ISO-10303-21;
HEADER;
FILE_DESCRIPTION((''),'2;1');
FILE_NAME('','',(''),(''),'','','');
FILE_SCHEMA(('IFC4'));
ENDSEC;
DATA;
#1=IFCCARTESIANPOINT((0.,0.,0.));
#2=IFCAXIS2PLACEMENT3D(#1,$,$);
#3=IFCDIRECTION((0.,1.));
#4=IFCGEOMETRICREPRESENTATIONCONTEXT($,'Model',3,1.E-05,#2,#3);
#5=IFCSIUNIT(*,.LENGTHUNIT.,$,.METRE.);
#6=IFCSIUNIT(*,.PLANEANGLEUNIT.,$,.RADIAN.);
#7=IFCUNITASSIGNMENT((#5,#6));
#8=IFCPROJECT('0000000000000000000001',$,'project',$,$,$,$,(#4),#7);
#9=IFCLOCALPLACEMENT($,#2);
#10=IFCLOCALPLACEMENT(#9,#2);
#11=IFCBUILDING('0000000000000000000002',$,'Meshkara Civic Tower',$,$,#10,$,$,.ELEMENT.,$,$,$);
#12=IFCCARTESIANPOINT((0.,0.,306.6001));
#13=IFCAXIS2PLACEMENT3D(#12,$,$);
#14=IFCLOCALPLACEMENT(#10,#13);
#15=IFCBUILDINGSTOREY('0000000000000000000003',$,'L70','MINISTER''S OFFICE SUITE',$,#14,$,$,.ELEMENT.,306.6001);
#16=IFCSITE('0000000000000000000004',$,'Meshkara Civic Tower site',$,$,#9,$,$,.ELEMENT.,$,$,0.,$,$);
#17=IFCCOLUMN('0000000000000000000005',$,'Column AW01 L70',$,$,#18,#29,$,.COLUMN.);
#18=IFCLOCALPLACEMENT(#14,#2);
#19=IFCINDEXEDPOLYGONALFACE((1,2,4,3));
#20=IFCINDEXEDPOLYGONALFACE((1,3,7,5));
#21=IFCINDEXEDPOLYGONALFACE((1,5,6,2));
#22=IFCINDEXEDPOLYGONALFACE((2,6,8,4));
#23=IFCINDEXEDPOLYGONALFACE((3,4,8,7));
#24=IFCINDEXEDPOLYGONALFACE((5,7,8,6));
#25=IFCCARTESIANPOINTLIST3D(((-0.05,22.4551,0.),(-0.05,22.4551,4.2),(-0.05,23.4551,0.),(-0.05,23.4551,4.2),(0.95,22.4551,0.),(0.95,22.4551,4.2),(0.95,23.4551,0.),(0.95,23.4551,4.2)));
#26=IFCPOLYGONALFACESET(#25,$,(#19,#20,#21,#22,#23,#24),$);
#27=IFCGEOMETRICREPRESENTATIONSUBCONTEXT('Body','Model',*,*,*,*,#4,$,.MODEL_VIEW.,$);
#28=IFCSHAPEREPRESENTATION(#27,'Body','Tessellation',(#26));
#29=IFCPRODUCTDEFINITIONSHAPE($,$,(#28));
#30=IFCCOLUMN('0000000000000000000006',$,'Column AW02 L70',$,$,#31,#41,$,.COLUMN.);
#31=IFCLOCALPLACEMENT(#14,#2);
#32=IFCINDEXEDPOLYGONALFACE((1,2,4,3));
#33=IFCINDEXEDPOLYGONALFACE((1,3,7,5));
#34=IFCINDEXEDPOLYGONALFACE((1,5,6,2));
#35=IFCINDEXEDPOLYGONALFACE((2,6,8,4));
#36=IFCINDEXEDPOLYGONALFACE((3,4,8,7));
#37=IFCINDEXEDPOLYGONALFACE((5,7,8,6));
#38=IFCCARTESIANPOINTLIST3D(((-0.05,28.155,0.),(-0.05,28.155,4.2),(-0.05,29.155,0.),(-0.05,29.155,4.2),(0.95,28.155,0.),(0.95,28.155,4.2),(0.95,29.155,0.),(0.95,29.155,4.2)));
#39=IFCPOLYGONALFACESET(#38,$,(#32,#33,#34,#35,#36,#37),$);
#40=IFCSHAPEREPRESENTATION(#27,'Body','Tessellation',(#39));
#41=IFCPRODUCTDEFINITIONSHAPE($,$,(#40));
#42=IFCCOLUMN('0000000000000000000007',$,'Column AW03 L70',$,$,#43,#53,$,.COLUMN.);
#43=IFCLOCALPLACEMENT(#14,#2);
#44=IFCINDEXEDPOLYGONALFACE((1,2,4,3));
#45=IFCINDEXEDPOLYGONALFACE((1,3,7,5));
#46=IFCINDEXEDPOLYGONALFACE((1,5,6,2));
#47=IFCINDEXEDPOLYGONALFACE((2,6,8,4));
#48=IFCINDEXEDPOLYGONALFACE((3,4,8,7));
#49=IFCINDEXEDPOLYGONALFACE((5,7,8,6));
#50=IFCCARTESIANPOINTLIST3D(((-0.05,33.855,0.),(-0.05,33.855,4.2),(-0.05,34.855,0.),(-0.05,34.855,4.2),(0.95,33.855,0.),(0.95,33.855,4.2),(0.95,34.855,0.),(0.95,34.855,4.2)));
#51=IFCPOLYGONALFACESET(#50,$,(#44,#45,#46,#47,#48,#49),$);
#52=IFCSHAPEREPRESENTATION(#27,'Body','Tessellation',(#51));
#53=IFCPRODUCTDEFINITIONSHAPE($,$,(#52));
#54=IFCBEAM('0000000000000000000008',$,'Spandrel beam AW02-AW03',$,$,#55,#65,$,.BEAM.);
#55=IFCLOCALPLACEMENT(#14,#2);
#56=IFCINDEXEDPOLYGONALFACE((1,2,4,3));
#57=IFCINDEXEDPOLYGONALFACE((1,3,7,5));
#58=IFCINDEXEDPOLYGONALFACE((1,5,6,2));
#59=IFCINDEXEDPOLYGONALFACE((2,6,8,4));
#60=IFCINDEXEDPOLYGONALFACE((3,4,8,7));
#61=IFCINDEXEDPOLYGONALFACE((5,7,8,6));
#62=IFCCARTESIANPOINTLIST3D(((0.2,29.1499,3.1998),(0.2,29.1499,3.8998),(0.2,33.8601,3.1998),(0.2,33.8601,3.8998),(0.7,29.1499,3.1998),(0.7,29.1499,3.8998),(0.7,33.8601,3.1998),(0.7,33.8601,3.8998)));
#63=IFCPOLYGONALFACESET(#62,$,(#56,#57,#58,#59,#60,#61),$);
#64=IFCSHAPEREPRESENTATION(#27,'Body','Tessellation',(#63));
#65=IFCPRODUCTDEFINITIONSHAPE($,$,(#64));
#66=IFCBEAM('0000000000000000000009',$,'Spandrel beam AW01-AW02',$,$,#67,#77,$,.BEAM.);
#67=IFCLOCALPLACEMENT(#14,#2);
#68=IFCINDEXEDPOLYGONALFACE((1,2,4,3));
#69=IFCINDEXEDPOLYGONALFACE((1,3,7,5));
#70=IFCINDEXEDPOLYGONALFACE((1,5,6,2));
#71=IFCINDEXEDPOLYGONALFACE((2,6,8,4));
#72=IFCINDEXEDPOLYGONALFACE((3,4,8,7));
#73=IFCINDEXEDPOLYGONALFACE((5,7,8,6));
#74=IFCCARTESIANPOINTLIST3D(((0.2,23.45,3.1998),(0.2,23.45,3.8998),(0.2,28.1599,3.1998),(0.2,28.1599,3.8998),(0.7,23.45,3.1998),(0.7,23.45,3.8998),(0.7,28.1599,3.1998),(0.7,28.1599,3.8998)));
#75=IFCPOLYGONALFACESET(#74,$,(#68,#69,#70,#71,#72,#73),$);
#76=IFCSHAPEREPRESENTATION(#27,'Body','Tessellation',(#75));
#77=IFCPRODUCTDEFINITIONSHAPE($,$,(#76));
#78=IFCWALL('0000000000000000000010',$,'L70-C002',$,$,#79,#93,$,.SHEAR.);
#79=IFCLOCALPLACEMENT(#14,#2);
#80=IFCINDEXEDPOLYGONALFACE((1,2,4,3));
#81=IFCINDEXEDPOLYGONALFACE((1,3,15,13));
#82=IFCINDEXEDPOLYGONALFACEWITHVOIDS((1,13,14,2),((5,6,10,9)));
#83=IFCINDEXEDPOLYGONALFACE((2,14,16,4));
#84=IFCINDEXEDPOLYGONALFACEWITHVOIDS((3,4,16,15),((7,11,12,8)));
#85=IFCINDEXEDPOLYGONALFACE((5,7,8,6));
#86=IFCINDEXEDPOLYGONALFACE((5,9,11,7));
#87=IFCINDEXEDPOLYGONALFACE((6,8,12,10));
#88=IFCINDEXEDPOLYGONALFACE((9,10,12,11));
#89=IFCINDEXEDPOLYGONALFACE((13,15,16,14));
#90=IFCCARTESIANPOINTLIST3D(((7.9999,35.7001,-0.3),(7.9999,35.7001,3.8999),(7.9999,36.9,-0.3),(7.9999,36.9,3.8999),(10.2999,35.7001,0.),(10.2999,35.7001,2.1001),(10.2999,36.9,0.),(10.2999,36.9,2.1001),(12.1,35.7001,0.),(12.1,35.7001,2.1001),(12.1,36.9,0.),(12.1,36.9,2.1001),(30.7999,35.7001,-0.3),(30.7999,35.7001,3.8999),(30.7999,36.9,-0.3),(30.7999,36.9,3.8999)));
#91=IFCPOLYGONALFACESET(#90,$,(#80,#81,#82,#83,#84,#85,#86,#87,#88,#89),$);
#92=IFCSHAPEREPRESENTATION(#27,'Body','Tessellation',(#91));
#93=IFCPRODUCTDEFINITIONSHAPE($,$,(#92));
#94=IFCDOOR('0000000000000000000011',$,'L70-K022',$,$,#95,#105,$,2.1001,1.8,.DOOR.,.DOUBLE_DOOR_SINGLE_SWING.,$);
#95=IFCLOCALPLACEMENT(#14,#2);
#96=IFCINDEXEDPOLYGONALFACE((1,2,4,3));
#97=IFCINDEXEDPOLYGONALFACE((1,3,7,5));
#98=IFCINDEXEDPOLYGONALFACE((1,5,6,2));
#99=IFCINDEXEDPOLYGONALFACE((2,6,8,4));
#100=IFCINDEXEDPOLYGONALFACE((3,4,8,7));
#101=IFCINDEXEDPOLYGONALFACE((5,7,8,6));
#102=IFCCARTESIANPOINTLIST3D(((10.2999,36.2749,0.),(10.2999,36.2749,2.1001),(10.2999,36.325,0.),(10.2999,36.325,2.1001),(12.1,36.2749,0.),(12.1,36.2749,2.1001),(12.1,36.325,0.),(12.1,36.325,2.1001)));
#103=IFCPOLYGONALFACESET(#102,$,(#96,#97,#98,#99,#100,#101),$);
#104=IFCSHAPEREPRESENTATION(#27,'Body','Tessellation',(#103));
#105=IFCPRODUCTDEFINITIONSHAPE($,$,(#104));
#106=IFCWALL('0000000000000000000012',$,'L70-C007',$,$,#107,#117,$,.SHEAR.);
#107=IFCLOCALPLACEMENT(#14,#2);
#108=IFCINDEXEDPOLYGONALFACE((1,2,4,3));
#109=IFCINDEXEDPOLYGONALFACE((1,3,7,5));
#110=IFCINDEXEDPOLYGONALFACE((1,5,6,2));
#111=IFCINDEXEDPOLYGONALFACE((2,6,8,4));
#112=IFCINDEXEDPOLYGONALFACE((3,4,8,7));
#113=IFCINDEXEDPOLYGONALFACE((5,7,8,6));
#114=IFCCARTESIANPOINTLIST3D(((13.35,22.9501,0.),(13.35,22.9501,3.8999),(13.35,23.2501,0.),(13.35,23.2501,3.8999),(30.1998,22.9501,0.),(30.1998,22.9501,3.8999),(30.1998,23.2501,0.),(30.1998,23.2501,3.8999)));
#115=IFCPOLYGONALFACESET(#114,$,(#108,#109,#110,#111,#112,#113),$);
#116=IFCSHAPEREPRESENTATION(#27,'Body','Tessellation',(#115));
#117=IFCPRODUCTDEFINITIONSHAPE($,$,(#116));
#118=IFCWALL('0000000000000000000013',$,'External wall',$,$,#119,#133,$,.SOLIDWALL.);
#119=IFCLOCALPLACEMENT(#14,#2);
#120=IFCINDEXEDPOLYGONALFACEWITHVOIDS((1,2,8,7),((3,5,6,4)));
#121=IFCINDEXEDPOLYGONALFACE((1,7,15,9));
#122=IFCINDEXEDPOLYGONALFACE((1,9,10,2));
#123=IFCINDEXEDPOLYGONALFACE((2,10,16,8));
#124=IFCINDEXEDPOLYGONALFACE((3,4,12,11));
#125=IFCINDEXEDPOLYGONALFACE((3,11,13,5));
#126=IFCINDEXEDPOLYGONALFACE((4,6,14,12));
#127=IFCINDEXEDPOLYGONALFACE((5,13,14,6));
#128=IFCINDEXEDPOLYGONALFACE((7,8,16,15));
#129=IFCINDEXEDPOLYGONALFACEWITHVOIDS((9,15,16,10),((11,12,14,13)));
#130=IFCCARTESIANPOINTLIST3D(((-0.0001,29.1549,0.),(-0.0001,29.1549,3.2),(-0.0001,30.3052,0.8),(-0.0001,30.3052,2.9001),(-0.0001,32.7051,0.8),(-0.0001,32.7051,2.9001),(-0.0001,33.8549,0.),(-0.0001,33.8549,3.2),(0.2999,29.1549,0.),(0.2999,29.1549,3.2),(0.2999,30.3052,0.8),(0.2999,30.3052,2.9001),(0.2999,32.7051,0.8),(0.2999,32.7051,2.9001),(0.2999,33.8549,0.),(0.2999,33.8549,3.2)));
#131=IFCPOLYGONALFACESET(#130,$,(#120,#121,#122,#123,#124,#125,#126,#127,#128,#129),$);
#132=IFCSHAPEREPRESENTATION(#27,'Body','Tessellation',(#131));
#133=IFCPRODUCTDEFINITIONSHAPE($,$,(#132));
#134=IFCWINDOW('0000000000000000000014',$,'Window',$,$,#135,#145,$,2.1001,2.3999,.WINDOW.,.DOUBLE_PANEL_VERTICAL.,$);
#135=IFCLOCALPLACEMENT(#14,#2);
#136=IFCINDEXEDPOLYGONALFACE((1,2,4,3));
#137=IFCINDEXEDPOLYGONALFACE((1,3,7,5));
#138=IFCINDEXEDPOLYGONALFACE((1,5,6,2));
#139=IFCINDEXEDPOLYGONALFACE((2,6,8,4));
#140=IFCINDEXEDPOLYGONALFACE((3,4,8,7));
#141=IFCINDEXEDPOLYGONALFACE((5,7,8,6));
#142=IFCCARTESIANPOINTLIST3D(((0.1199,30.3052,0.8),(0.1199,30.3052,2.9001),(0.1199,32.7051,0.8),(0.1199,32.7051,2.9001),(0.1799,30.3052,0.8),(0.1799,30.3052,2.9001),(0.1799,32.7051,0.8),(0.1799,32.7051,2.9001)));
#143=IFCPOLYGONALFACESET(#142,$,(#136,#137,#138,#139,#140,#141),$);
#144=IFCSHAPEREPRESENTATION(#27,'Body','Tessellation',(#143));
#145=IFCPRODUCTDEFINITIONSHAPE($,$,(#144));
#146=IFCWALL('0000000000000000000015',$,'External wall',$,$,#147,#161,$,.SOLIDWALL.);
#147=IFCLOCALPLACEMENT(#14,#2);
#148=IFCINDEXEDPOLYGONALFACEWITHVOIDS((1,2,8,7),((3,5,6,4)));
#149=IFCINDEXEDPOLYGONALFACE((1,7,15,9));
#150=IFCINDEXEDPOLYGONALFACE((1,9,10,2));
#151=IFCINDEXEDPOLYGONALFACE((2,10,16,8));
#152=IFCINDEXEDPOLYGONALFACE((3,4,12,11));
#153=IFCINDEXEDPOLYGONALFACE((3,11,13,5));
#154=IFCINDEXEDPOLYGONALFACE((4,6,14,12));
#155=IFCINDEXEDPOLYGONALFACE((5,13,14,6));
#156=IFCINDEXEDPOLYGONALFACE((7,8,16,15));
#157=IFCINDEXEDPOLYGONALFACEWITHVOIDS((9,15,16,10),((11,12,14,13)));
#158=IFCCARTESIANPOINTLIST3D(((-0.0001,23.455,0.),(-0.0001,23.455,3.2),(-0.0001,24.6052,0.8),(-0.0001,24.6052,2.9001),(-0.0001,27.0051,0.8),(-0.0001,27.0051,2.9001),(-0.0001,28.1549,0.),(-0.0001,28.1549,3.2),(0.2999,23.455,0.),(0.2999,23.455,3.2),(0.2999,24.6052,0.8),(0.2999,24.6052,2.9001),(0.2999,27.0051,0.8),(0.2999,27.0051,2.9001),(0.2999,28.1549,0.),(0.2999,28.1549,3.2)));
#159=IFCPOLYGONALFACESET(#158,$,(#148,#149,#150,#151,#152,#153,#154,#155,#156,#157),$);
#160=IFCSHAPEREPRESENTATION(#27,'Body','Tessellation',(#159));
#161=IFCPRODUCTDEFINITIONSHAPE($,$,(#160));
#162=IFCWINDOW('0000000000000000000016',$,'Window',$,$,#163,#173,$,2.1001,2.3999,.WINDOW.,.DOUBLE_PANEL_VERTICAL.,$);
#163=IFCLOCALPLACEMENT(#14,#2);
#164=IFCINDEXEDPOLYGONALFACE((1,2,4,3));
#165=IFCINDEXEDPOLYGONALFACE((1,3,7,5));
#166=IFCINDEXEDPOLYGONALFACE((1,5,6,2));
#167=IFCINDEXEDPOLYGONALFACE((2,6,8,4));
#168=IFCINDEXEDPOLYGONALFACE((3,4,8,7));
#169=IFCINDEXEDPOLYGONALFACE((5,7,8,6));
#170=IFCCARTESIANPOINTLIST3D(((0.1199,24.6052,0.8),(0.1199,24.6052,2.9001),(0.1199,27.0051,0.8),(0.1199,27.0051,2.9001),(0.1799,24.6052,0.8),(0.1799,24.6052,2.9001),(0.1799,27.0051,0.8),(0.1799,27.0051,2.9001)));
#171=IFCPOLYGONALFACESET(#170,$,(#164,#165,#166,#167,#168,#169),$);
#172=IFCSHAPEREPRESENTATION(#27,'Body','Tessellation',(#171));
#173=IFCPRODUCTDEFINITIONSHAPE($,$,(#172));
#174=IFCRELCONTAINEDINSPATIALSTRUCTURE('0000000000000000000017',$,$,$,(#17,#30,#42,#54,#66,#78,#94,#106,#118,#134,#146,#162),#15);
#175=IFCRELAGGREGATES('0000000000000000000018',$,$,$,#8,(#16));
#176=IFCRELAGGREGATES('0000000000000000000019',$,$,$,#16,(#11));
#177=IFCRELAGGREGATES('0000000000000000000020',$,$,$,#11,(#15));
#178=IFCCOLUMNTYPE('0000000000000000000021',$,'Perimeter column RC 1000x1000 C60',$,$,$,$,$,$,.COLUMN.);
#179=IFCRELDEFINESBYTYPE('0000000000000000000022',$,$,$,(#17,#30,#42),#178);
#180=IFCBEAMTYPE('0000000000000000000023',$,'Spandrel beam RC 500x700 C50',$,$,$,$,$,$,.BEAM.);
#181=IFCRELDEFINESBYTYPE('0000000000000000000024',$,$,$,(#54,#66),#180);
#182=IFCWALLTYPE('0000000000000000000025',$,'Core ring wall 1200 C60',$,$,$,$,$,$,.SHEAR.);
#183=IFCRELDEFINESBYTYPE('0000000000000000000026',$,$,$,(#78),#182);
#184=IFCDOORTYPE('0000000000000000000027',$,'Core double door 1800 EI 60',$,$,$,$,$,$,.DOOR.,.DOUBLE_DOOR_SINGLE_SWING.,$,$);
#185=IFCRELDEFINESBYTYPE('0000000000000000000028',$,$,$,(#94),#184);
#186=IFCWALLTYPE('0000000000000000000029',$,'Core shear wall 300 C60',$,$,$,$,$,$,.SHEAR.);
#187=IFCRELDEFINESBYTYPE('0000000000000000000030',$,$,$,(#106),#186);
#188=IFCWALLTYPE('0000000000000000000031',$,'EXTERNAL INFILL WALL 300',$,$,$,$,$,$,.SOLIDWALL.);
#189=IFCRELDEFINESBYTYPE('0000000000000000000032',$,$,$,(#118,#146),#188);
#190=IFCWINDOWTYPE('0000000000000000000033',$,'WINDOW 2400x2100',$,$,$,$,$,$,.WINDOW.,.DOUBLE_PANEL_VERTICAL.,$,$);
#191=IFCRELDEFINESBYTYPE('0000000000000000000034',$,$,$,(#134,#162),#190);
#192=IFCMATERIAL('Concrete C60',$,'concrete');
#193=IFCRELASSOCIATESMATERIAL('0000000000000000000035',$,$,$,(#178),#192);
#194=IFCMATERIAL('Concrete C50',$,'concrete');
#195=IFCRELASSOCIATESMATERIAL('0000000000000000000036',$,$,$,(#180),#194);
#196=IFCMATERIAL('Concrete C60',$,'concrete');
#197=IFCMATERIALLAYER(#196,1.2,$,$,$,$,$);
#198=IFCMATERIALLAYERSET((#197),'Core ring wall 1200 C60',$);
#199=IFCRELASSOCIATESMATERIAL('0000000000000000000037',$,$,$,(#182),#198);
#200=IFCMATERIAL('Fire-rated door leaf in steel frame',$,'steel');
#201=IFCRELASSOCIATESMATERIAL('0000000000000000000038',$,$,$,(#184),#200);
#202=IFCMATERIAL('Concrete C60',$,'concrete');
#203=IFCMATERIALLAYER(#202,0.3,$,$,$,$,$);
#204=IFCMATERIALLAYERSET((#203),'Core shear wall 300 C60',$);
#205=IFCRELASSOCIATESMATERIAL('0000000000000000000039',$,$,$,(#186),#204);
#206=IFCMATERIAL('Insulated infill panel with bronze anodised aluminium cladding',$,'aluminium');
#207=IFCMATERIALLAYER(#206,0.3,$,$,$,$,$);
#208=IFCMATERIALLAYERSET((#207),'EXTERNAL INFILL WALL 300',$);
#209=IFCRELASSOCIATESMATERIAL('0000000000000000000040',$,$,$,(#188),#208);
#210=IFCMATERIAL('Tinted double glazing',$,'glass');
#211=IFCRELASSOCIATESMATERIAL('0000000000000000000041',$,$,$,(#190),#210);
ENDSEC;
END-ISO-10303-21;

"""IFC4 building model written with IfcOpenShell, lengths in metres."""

from ifc_helpers import new_model, si_unit, direction, frame, frame_2d, origin, origin_2d, place, context, subcontext, project, spatial, rectangle, extrude, material, layer, layer_set, material_profile, profile_set, type_object, element, fill, save


model = new_model("IFC4")

# Units and contexts
model_context = context("Model", 3, precision=1e-05, world=origin(), true_north=direction((0.0, 1.0)))
body_context = subcontext(model_context, "Body", "Model", "MODEL_VIEW")
ifc_project = project(units=[si_unit("LENGTHUNIT", "METRE"), si_unit("PLANEANGLEUNIT", "RADIAN")], contexts=[model_context])

# Site, building, storey
site_placement = place(None, origin())
site = spatial("IfcSite", under=ifc_project, at=site_placement, Name="Meshkara Civic Tower site", CompositionType="ELEMENT", RefElevation=0.0)
building_placement = place(site_placement, origin())
building = spatial("IfcBuilding", under=site, at=building_placement, Name="Meshkara Civic Tower", CompositionType="ELEMENT")
storey_placement = place(building_placement, frame((0.0, 0.0, 306.6001)))
storey = spatial("IfcBuildingStorey", under=building, at=storey_placement, Name="L70", Description="MINISTER'S OFFICE SUITE", CompositionType="ELEMENT", Elevation=306.6001)

# Columns
ifc_material_1 = material(Name="Concrete C60", Category="concrete")
ifc_material_profile_1 = material_profile(ifc_material_1, rectangle(XDim=1.0, YDim=1.0, at=origin_2d()))
ifc_profile_set_1 = profile_set([ifc_material_profile_1], Name="Concrete C60")
column_type = type_object("IfcColumnType", Name="Perimeter column RC 1000x1000 C60", PredefinedType="COLUMN", material=ifc_profile_set_1)
for number, where, z_axis, x_axis, name in (
    (1, (0.45, 22.9551, 0.0), (0.0, 0.0, 1.0), (1.0, 0.0, 0.0), "Column AW01 L70"),
    (2, (0.45, 28.655, 0.0), (0.0, 0.0, 1.0), (1.0, 0.0, 0.0), "Column AW02 L70"),
    (3, (0.45, 34.355, 0.0), (0.0, 0.0, 1.0), (1.0, 0.0, 0.0), "Column AW03 L70"),
):
    element("IfcColumn", number, at=place(storey_placement, frame(where, z_axis=z_axis, x_axis=x_axis)), inside=storey, type_object=column_type, Name=name, PredefinedType="COLUMN", context=body_context, shape_type="SweptSolid", body=[
        extrude(rectangle(XDim=1.0, YDim=1.0, at=origin_2d()), origin(), (0.0, 0.0, 1.0), 4.2),
    ])

# Beams
ifc_material_2 = material(Name="Concrete C50", Category="concrete")
ifc_material_profile_2 = material_profile(ifc_material_2, rectangle(XDim=0.5, YDim=0.7, at=origin_2d()))
ifc_profile_set_2 = profile_set([ifc_material_profile_2], Name="Concrete C50")
beam_type = type_object("IfcBeamType", Name="Spandrel beam RC 500x700 C50", PredefinedType="BEAM", material=ifc_profile_set_2)
beam_1_placement = place(storey_placement, frame((0.45, 33.8601, 3.5498), z_axis=(0.0, -1.0, 0.0), x_axis=(1.0, 0.0, 0.0)))
element("IfcBeam", 4, at=beam_1_placement, inside=storey, type_object=beam_type, Name="Spandrel beam AW02-AW03", PredefinedType="BEAM", context=body_context, shape_type="SweptSolid", body=[
    extrude(rectangle(XDim=0.5, YDim=0.7, at=origin_2d()), origin(), (0.0, 0.0, 1.0), 4.7102),
])
beam_2_placement = place(storey_placement, frame((0.45, 28.1599, 3.5498), z_axis=(0.0, -1.0, 0.0), x_axis=(1.0, 0.0, 0.0)))
element("IfcBeam", 5, at=beam_2_placement, inside=storey, type_object=beam_type, Name="Spandrel beam AW01-AW02", PredefinedType="BEAM", context=body_context, shape_type="SweptSolid", body=[
    extrude(rectangle(XDim=0.5, YDim=0.7, at=origin_2d()), origin(), (0.0, 0.0, 1.0), 4.71),
])

# Wall, opening, door
ifc_material_3 = material(Name="Concrete C60", Category="concrete")
ifc_layer_1 = layer(ifc_material_3, 1.2)
ifc_layer_set_1 = layer_set([ifc_layer_1], Name="Core ring wall 1200 C60")
wall_type_1 = type_object("IfcWallType", Name="Core ring wall 1200 C60", PredefinedType="SHEAR", material=ifc_layer_set_1)
wall_1_placement = place(storey_placement, frame((8.0, 36.3, -0.3), z_axis=(0.0, 0.0, 1.0), x_axis=(1.0, 0.0, 0.0)))
wall_1 = element("IfcWall", 6, at=wall_1_placement, inside=storey, type_object=wall_type_1, Name="L70-C002", PredefinedType="SHEAR", context=body_context, shape_type="SweptSolid", body=[
    extrude(rectangle(XDim=22.8, YDim=1.2, at=frame_2d((11.3999, 0.0))), origin(), (0.0, 0.0, 1.0), 4.2),
])
opening_1_placement = place(wall_1_placement, frame((2.3, 0.0, 0.3)))
opening_1 = element("IfcOpeningElement", 7, at=opening_1_placement, cuts=wall_1, PredefinedType="OPENING", context=body_context, shape_type="SweptSolid", body=[
    extrude(rectangle(XDim=1.8, YDim=2.1001, at=frame_2d((0.8999, 1.05))), frame((0.0, 0.6099, 0.0), z_axis=(0.0, -1.0, 0.0), x_axis=(1.0, 0.0, 0.0)), (0.0, 0.0, 1.0), 1.22),
])
ifc_material_4 = material(Name="Fire-rated door leaf in steel frame", Category="steel")
door_type_1 = type_object("IfcDoorType", Name="Core double door 1800 EI 60", OperationType="DOUBLE_DOOR_SINGLE_SWING", PredefinedType="DOOR", material=ifc_material_4)
door_1_placement = place(opening_1_placement, origin())
door_1 = element("IfcDoor", 8, at=door_1_placement, inside=storey, type_object=door_type_1, Name="L70-K022", OperationType="DOUBLE_DOOR_SINGLE_SWING", OverallHeight=2.1001, OverallWidth=1.8, PredefinedType="DOOR", context=body_context, shape_type="SweptSolid", body=[
    extrude(rectangle(XDim=1.8, YDim=2.1001, at=frame_2d((0.8999, 1.05))), frame((0.0, 0.0249, 0.0), z_axis=(0.0, -1.0, 0.0), x_axis=(1.0, 0.0, 0.0)), (0.0, 0.0, 1.0), 0.05),
])
fill(opening_1, door_1)

# Wall
ifc_material_5 = material(Name="Concrete C60", Category="concrete")
ifc_layer_2 = layer(ifc_material_5, 0.3)
ifc_layer_set_2 = layer_set([ifc_layer_2], Name="Core shear wall 300 C60")
wall_type_2 = type_object("IfcWallType", Name="Core shear wall 300 C60", PredefinedType="SHEAR", material=ifc_layer_set_2)
wall_2_placement = place(storey_placement, frame((13.3501, 23.1001, 0.0), z_axis=(0.0, 0.0, 1.0), x_axis=(1.0, 0.0, 0.0)))
element("IfcWall", 9, at=wall_2_placement, inside=storey, type_object=wall_type_2, Name="L70-C007", PredefinedType="SHEAR", context=body_context, shape_type="SweptSolid", body=[
    extrude(rectangle(XDim=16.8499, YDim=0.3, at=frame_2d((8.4248, 0.0))), origin(), (0.0, 0.0, 1.0), 3.8999),
])

# Walls, openings, windows
ifc_material_6 = material(Name="Insulated infill panel with bronze anodised aluminium cladding", Category="aluminium")
ifc_layer_3 = layer(ifc_material_6, 0.3)
ifc_layer_set_3 = layer_set([ifc_layer_3], Name="EXTERNAL INFILL WALL 300")
wall_type_3 = type_object("IfcWallType", Name="EXTERNAL INFILL WALL 300", PredefinedType="SOLIDWALL", material=ifc_layer_set_3)
wall_3_placement = place(storey_placement, frame((0.1499, 33.855, 0.0), z_axis=(0.0, 0.0, 1.0), x_axis=(0.0, -1.0, 0.0)))
wall_3 = element("IfcWall", 10, at=wall_3_placement, inside=storey, type_object=wall_type_3, Name="External wall", PredefinedType="SOLIDWALL", context=body_context, shape_type="SweptSolid", body=[
    extrude(rectangle(XDim=4.7, YDim=0.3, at=frame_2d((2.3501, 0.0))), origin(), (0.0, 0.0, 1.0), 3.2),
])
opening_2_placement = place(wall_3_placement, frame((1.1499, 0.0, 0.8)))
opening_2 = element("IfcOpeningElement", 11, at=opening_2_placement, cuts=wall_3, PredefinedType="OPENING", context=body_context, shape_type="SweptSolid", body=[
    extrude(rectangle(XDim=2.3999, YDim=2.1001, at=frame_2d((1.2, 1.05))), frame((0.0, 0.1599, 0.0), z_axis=(0.0, -1.0, 0.0), x_axis=(1.0, 0.0, 0.0)), (0.0, 0.0, 1.0), 0.3201),
])
ifc_material_7 = material(Name="Tinted double glazing", Category="glass")
window_type = type_object("IfcWindowType", Name="WINDOW 2400x2100", PartitioningType="DOUBLE_PANEL_VERTICAL", PredefinedType="WINDOW", material=ifc_material_7)
window_1_placement = place(opening_2_placement, origin())
window_1 = element("IfcWindow", 12, at=window_1_placement, inside=storey, type_object=window_type, Name="Window", OverallHeight=2.1001, OverallWidth=2.3999, PartitioningType="DOUBLE_PANEL_VERTICAL", PredefinedType="WINDOW", context=body_context, shape_type="SweptSolid", body=[
    extrude(rectangle(XDim=2.3999, YDim=2.1001, at=frame_2d((1.2, 1.05))), frame((0.0, 0.03, 0.0), z_axis=(0.0, -1.0, 0.0), x_axis=(1.0, 0.0, 0.0)), (0.0, 0.0, 1.0), 0.0601),
])
fill(opening_2, window_1)
wall_4_placement = place(storey_placement, frame((0.1499, 28.155, 0.0), z_axis=(0.0, 0.0, 1.0), x_axis=(0.0, -1.0, 0.0)))
wall_4 = element("IfcWall", 13, at=wall_4_placement, inside=storey, type_object=wall_type_3, Name="External wall", PredefinedType="SOLIDWALL", context=body_context, shape_type="SweptSolid", body=[
    extrude(rectangle(XDim=4.7, YDim=0.3, at=frame_2d((2.3501, 0.0))), origin(), (0.0, 0.0, 1.0), 3.2),
])
opening_3_placement = place(wall_4_placement, frame((1.1499, 0.0, 0.8)))
opening_3 = element("IfcOpeningElement", 14, at=opening_3_placement, cuts=wall_4, PredefinedType="OPENING", context=body_context, shape_type="SweptSolid", body=[
    extrude(rectangle(XDim=2.3999, YDim=2.1001, at=frame_2d((1.2, 1.05))), frame((0.0, 0.1599, 0.0), z_axis=(0.0, -1.0, 0.0), x_axis=(1.0, 0.0, 0.0)), (0.0, 0.0, 1.0), 0.3201),
])
window_2_placement = place(opening_3_placement, origin())
window_2 = element("IfcWindow", 15, at=window_2_placement, inside=storey, type_object=window_type, Name="Window", OverallHeight=2.1001, OverallWidth=2.3999, PartitioningType="DOUBLE_PANEL_VERTICAL", PredefinedType="WINDOW", context=body_context, shape_type="SweptSolid", body=[
    extrude(rectangle(XDim=2.3999, YDim=2.1001, at=frame_2d((1.2, 1.05))), frame((0.0, 0.03, 0.0), z_axis=(0.0, -1.0, 0.0), x_axis=(1.0, 0.0, 0.0)), (0.0, 0.0, 1.0), 0.0601),
])
fill(opening_3, window_2)

save(model, "model.ifc")
